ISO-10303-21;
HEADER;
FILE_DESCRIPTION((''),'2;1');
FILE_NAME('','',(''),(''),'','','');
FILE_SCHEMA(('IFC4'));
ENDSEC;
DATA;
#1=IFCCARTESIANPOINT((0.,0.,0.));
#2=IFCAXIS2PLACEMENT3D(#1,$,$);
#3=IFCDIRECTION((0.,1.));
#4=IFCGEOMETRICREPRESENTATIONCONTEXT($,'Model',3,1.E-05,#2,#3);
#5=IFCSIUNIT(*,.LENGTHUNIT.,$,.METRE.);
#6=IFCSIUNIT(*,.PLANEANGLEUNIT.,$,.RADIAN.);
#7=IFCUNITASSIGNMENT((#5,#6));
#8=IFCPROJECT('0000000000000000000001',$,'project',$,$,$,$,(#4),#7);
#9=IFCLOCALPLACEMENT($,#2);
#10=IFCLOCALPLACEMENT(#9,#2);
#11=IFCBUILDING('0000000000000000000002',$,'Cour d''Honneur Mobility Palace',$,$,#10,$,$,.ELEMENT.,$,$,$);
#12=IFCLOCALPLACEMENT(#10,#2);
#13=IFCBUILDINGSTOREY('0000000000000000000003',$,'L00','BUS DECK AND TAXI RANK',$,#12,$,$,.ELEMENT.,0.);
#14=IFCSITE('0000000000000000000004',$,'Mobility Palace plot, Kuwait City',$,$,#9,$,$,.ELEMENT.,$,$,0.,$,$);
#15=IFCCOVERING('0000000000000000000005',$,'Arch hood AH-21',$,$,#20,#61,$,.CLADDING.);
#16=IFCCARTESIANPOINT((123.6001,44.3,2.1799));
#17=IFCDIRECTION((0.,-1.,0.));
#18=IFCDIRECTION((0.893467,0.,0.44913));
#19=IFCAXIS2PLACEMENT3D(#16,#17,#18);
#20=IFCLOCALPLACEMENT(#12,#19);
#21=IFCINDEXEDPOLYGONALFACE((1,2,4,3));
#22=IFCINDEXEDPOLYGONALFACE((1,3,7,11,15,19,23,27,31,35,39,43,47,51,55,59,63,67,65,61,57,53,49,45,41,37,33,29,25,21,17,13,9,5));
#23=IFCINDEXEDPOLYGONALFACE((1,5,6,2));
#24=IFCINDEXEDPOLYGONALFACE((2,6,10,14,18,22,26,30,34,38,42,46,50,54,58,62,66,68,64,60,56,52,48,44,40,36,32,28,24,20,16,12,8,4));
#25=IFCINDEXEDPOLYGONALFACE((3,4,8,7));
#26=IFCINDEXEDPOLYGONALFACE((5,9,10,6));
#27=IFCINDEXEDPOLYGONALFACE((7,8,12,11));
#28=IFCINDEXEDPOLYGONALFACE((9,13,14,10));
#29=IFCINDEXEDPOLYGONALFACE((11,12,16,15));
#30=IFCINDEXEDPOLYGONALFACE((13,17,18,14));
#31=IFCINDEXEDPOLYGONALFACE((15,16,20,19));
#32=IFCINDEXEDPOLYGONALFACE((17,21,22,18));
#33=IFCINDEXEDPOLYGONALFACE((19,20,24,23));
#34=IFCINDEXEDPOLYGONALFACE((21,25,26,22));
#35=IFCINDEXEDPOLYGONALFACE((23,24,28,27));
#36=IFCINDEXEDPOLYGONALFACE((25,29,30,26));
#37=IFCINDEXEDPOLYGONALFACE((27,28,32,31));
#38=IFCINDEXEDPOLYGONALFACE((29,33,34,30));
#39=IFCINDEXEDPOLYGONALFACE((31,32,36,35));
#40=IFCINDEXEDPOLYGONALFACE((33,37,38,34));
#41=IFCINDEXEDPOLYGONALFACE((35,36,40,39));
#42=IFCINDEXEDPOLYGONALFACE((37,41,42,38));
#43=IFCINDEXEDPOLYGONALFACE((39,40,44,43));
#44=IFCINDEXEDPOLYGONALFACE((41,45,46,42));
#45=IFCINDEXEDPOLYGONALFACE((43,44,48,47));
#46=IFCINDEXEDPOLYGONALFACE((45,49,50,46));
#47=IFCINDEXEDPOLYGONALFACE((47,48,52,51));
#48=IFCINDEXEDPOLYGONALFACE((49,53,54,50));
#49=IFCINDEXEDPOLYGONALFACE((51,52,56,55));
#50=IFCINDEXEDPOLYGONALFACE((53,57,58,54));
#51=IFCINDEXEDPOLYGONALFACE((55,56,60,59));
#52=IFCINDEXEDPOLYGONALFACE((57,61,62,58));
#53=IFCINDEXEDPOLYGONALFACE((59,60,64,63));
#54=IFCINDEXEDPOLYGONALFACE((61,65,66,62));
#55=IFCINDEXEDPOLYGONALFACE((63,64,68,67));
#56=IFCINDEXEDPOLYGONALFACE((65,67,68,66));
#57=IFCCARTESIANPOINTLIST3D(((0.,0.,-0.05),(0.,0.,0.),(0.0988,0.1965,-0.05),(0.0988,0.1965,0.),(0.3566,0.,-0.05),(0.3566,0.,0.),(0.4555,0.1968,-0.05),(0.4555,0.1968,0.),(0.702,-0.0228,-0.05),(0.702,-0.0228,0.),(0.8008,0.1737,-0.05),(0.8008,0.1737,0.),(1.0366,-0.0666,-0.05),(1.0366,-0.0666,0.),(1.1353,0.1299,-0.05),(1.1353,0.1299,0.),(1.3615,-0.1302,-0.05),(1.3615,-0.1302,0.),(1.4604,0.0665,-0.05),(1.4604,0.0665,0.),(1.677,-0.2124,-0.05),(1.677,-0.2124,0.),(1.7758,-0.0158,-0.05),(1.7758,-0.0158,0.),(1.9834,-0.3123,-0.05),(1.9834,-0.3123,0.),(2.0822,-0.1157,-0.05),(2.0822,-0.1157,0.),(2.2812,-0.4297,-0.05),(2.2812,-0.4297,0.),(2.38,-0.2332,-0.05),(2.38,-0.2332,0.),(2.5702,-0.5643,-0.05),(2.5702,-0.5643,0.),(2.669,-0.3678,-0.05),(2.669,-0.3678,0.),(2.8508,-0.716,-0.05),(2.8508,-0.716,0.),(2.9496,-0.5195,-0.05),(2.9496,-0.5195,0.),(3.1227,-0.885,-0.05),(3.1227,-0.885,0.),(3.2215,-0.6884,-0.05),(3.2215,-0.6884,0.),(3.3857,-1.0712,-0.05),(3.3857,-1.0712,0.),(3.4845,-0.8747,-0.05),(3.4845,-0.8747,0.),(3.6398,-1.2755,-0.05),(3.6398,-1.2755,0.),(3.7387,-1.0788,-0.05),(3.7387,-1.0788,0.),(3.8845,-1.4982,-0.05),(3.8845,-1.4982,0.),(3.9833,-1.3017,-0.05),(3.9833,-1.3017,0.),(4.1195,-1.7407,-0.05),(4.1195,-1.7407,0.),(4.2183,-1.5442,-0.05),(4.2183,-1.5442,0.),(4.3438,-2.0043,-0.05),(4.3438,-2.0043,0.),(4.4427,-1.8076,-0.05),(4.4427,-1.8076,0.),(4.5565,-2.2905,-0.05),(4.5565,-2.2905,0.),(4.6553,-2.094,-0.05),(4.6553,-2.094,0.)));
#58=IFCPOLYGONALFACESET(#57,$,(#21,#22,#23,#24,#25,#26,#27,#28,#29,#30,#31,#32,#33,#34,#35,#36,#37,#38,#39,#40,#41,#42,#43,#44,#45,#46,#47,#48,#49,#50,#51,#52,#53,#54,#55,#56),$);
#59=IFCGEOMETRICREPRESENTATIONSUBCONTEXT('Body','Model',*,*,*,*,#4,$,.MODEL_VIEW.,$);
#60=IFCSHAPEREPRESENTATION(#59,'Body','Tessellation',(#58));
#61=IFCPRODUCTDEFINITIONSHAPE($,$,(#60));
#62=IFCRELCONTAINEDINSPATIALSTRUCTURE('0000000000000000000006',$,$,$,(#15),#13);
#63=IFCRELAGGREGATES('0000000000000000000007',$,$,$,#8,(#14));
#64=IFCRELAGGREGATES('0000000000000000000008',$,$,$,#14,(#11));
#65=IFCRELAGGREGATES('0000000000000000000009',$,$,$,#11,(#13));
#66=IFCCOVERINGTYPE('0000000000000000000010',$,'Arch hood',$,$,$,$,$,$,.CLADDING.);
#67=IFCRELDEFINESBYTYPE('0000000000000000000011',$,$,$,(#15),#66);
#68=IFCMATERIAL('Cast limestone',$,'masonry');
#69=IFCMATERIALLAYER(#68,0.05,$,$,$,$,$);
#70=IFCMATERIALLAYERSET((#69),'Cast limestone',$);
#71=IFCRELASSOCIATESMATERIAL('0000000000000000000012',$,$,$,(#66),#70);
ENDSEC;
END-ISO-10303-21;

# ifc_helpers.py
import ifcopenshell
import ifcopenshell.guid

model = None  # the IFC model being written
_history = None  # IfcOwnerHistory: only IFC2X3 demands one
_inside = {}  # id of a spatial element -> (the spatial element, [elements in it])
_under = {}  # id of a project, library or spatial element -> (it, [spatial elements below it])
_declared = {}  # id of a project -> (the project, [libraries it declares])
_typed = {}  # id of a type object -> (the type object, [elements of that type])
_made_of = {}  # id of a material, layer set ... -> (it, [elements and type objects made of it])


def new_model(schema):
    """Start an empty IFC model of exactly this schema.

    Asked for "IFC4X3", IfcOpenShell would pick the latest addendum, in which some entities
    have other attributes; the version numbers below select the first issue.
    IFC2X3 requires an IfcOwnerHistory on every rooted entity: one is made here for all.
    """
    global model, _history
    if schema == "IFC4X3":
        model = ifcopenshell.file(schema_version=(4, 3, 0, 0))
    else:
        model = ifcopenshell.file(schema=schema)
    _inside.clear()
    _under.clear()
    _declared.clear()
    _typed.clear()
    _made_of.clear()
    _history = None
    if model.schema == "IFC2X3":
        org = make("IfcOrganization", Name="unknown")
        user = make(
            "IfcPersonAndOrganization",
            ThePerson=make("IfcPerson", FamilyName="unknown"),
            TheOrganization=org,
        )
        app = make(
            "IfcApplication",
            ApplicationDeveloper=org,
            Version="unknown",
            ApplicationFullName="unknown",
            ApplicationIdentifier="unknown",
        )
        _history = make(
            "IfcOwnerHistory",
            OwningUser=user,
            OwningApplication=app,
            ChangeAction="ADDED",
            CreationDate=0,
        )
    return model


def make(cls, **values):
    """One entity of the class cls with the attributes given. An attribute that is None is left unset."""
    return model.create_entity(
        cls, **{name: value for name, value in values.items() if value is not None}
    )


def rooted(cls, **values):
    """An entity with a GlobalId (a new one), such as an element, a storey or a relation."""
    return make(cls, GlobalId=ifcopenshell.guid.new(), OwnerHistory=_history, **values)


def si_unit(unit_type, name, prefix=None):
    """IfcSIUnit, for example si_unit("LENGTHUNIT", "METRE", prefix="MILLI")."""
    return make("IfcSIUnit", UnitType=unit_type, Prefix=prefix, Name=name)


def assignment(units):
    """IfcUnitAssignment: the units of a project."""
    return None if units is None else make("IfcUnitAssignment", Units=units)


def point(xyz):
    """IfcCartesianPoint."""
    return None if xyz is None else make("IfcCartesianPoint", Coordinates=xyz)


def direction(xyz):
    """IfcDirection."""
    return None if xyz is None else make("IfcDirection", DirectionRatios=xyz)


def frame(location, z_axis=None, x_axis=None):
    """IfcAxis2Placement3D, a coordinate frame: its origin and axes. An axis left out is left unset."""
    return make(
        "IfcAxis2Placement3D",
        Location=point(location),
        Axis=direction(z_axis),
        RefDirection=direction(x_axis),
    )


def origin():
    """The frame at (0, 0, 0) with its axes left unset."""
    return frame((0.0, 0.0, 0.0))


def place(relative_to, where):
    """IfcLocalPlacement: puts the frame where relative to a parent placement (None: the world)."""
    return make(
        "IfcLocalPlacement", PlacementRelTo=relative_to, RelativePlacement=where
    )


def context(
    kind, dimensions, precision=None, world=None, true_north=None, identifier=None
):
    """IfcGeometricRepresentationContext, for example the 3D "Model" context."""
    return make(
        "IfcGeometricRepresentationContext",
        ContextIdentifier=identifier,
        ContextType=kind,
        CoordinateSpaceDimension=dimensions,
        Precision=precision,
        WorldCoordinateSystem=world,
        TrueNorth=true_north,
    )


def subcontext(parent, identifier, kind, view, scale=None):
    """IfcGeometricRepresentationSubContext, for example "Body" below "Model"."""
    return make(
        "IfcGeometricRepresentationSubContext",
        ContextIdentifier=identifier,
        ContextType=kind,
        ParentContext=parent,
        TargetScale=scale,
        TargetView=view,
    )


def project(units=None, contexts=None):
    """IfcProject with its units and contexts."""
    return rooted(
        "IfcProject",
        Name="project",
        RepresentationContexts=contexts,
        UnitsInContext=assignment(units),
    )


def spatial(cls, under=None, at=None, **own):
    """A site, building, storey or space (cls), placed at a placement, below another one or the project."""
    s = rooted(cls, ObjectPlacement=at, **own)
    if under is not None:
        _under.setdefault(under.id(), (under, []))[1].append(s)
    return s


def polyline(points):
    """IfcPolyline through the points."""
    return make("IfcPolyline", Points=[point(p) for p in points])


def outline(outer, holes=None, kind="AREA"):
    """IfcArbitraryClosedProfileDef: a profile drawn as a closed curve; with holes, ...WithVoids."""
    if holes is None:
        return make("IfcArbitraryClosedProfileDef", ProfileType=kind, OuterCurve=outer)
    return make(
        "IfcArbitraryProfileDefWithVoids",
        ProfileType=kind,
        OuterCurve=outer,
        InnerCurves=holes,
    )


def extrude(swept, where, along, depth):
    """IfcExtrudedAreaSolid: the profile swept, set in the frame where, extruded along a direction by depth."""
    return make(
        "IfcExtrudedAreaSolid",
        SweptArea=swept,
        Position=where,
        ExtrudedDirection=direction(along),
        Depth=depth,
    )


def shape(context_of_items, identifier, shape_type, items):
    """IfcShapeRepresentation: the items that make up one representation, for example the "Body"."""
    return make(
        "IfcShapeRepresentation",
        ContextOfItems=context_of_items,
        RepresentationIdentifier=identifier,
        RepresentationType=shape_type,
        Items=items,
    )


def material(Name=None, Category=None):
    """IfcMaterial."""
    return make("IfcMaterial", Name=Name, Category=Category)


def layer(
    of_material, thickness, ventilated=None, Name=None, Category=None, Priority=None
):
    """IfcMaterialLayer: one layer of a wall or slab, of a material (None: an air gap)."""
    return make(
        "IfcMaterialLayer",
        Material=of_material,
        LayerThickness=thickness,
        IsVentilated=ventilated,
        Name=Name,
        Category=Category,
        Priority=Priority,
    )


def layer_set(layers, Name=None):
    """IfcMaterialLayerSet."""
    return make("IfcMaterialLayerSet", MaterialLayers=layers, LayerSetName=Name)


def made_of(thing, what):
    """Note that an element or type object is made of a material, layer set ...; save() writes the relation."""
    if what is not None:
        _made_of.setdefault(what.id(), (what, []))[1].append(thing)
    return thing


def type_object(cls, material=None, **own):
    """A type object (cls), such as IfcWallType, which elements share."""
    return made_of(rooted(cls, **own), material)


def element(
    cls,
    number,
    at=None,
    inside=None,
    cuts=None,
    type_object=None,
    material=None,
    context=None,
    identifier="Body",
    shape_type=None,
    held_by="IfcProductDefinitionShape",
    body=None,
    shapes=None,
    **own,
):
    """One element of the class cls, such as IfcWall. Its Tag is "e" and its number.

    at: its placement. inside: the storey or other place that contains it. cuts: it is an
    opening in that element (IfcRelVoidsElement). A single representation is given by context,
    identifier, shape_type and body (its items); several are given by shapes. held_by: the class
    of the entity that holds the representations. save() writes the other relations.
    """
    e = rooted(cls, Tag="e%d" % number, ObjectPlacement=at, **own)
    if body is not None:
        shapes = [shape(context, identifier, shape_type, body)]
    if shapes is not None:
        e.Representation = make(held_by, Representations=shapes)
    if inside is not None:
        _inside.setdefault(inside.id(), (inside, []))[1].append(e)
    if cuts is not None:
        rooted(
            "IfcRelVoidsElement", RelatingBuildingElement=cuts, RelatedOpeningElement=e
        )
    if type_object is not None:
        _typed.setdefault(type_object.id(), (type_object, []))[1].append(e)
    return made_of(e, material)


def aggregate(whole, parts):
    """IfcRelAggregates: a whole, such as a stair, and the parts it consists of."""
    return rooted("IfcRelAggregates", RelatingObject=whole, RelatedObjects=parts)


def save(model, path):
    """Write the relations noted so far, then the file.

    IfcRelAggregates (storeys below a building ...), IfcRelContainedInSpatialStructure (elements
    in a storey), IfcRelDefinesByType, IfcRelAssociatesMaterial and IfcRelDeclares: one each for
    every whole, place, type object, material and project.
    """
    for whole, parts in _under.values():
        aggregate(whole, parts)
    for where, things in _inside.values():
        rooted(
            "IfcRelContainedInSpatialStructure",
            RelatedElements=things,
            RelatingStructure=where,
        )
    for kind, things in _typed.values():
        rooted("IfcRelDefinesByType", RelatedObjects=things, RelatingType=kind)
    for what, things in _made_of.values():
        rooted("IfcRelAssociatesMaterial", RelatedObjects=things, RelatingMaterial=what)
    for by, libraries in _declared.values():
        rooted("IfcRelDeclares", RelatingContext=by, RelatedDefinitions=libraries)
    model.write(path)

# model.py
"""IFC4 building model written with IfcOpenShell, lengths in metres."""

from ifc_helpers import new_model, si_unit, direction, frame, origin, place, context, subcontext, project, spatial, polyline, outline, extrude, material, layer, layer_set, type_object, element, save


model = new_model("IFC4")

# Units and contexts
model_context = context("Model", 3, precision=1e-05, world=origin(), true_north=direction((0.0, 1.0)))
body_context = subcontext(model_context, "Body", "Model", "MODEL_VIEW")
ifc_project = project(units=[si_unit("LENGTHUNIT", "METRE"), si_unit("PLANEANGLEUNIT", "RADIAN")], contexts=[model_context])

# Site, building, storey
site_placement = place(None, origin())
site = spatial("IfcSite", under=ifc_project, at=site_placement, Name="Mobility Palace plot, Kuwait City", CompositionType="ELEMENT", RefElevation=0.0)
building_placement = place(site_placement, origin())
building = spatial("IfcBuilding", under=site, at=building_placement, Name="Cour d'Honneur Mobility Palace", CompositionType="ELEMENT")
storey_placement = place(building_placement, origin())
storey = spatial("IfcBuildingStorey", under=building, at=storey_placement, Name="L00", Description="BUS DECK AND TAXI RANK", CompositionType="ELEMENT", Elevation=0.0)

# Covering
ifc_material_1 = material(Name="Cast limestone", Category="masonry")
ifc_layer_1 = layer(ifc_material_1, 0.05)
ifc_layer_set_1 = layer_set([ifc_layer_1], Name="Cast limestone")
covering_type_1 = type_object("IfcCoveringType", Name="Arch hood", PredefinedType="CLADDING", material=ifc_layer_set_1)
covering_placement = place(storey_placement, frame((123.6001, 44.3, 2.1799), z_axis=(0.0, -1.0, 0.0), x_axis=(0.893467, 0.0, 0.44913)))
element("IfcCovering", 1, at=covering_placement, inside=storey, type_object=covering_type_1, Name="Arch hood AH-21", PredefinedType="CLADDING", context=body_context, shape_type="SweptSolid", body=[
    extrude(outline(polyline([(0.0, 0.0), (0.3566, 0.0), (0.702, -0.0228), (1.0366, -0.0666), (1.3615, -0.1302), (1.677, -0.2124), (1.9834, -0.3123), (2.2812, -0.4297), (2.5702, -0.5643), (2.8508, -0.716), (3.1227, -0.885), (3.3857, -1.0712), (3.6398, -1.2755), (3.8845, -1.4982), (4.1195, -1.7407), (4.3438, -2.0043), (4.5565, -2.2905), (4.6553, -2.094), (4.4427, -1.8076), (4.2183, -1.5442), (3.9833, -1.3017), (3.7387, -1.0788), (3.4845, -0.8747), (3.2215, -0.6884), (2.9496, -0.5195), (2.669, -0.3678), (2.38, -0.2332), (2.0822, -0.1157), (1.7758, -0.0158), (1.4604, 0.0665), (1.1353, 0.1299), (0.8008, 0.1737), (0.4555, 0.1968), (0.0988, 0.1965), (0.0, 0.0)])), origin(), (0.0, 0.0, -1.0), 0.05),
])

save(model, "model.ifc")
